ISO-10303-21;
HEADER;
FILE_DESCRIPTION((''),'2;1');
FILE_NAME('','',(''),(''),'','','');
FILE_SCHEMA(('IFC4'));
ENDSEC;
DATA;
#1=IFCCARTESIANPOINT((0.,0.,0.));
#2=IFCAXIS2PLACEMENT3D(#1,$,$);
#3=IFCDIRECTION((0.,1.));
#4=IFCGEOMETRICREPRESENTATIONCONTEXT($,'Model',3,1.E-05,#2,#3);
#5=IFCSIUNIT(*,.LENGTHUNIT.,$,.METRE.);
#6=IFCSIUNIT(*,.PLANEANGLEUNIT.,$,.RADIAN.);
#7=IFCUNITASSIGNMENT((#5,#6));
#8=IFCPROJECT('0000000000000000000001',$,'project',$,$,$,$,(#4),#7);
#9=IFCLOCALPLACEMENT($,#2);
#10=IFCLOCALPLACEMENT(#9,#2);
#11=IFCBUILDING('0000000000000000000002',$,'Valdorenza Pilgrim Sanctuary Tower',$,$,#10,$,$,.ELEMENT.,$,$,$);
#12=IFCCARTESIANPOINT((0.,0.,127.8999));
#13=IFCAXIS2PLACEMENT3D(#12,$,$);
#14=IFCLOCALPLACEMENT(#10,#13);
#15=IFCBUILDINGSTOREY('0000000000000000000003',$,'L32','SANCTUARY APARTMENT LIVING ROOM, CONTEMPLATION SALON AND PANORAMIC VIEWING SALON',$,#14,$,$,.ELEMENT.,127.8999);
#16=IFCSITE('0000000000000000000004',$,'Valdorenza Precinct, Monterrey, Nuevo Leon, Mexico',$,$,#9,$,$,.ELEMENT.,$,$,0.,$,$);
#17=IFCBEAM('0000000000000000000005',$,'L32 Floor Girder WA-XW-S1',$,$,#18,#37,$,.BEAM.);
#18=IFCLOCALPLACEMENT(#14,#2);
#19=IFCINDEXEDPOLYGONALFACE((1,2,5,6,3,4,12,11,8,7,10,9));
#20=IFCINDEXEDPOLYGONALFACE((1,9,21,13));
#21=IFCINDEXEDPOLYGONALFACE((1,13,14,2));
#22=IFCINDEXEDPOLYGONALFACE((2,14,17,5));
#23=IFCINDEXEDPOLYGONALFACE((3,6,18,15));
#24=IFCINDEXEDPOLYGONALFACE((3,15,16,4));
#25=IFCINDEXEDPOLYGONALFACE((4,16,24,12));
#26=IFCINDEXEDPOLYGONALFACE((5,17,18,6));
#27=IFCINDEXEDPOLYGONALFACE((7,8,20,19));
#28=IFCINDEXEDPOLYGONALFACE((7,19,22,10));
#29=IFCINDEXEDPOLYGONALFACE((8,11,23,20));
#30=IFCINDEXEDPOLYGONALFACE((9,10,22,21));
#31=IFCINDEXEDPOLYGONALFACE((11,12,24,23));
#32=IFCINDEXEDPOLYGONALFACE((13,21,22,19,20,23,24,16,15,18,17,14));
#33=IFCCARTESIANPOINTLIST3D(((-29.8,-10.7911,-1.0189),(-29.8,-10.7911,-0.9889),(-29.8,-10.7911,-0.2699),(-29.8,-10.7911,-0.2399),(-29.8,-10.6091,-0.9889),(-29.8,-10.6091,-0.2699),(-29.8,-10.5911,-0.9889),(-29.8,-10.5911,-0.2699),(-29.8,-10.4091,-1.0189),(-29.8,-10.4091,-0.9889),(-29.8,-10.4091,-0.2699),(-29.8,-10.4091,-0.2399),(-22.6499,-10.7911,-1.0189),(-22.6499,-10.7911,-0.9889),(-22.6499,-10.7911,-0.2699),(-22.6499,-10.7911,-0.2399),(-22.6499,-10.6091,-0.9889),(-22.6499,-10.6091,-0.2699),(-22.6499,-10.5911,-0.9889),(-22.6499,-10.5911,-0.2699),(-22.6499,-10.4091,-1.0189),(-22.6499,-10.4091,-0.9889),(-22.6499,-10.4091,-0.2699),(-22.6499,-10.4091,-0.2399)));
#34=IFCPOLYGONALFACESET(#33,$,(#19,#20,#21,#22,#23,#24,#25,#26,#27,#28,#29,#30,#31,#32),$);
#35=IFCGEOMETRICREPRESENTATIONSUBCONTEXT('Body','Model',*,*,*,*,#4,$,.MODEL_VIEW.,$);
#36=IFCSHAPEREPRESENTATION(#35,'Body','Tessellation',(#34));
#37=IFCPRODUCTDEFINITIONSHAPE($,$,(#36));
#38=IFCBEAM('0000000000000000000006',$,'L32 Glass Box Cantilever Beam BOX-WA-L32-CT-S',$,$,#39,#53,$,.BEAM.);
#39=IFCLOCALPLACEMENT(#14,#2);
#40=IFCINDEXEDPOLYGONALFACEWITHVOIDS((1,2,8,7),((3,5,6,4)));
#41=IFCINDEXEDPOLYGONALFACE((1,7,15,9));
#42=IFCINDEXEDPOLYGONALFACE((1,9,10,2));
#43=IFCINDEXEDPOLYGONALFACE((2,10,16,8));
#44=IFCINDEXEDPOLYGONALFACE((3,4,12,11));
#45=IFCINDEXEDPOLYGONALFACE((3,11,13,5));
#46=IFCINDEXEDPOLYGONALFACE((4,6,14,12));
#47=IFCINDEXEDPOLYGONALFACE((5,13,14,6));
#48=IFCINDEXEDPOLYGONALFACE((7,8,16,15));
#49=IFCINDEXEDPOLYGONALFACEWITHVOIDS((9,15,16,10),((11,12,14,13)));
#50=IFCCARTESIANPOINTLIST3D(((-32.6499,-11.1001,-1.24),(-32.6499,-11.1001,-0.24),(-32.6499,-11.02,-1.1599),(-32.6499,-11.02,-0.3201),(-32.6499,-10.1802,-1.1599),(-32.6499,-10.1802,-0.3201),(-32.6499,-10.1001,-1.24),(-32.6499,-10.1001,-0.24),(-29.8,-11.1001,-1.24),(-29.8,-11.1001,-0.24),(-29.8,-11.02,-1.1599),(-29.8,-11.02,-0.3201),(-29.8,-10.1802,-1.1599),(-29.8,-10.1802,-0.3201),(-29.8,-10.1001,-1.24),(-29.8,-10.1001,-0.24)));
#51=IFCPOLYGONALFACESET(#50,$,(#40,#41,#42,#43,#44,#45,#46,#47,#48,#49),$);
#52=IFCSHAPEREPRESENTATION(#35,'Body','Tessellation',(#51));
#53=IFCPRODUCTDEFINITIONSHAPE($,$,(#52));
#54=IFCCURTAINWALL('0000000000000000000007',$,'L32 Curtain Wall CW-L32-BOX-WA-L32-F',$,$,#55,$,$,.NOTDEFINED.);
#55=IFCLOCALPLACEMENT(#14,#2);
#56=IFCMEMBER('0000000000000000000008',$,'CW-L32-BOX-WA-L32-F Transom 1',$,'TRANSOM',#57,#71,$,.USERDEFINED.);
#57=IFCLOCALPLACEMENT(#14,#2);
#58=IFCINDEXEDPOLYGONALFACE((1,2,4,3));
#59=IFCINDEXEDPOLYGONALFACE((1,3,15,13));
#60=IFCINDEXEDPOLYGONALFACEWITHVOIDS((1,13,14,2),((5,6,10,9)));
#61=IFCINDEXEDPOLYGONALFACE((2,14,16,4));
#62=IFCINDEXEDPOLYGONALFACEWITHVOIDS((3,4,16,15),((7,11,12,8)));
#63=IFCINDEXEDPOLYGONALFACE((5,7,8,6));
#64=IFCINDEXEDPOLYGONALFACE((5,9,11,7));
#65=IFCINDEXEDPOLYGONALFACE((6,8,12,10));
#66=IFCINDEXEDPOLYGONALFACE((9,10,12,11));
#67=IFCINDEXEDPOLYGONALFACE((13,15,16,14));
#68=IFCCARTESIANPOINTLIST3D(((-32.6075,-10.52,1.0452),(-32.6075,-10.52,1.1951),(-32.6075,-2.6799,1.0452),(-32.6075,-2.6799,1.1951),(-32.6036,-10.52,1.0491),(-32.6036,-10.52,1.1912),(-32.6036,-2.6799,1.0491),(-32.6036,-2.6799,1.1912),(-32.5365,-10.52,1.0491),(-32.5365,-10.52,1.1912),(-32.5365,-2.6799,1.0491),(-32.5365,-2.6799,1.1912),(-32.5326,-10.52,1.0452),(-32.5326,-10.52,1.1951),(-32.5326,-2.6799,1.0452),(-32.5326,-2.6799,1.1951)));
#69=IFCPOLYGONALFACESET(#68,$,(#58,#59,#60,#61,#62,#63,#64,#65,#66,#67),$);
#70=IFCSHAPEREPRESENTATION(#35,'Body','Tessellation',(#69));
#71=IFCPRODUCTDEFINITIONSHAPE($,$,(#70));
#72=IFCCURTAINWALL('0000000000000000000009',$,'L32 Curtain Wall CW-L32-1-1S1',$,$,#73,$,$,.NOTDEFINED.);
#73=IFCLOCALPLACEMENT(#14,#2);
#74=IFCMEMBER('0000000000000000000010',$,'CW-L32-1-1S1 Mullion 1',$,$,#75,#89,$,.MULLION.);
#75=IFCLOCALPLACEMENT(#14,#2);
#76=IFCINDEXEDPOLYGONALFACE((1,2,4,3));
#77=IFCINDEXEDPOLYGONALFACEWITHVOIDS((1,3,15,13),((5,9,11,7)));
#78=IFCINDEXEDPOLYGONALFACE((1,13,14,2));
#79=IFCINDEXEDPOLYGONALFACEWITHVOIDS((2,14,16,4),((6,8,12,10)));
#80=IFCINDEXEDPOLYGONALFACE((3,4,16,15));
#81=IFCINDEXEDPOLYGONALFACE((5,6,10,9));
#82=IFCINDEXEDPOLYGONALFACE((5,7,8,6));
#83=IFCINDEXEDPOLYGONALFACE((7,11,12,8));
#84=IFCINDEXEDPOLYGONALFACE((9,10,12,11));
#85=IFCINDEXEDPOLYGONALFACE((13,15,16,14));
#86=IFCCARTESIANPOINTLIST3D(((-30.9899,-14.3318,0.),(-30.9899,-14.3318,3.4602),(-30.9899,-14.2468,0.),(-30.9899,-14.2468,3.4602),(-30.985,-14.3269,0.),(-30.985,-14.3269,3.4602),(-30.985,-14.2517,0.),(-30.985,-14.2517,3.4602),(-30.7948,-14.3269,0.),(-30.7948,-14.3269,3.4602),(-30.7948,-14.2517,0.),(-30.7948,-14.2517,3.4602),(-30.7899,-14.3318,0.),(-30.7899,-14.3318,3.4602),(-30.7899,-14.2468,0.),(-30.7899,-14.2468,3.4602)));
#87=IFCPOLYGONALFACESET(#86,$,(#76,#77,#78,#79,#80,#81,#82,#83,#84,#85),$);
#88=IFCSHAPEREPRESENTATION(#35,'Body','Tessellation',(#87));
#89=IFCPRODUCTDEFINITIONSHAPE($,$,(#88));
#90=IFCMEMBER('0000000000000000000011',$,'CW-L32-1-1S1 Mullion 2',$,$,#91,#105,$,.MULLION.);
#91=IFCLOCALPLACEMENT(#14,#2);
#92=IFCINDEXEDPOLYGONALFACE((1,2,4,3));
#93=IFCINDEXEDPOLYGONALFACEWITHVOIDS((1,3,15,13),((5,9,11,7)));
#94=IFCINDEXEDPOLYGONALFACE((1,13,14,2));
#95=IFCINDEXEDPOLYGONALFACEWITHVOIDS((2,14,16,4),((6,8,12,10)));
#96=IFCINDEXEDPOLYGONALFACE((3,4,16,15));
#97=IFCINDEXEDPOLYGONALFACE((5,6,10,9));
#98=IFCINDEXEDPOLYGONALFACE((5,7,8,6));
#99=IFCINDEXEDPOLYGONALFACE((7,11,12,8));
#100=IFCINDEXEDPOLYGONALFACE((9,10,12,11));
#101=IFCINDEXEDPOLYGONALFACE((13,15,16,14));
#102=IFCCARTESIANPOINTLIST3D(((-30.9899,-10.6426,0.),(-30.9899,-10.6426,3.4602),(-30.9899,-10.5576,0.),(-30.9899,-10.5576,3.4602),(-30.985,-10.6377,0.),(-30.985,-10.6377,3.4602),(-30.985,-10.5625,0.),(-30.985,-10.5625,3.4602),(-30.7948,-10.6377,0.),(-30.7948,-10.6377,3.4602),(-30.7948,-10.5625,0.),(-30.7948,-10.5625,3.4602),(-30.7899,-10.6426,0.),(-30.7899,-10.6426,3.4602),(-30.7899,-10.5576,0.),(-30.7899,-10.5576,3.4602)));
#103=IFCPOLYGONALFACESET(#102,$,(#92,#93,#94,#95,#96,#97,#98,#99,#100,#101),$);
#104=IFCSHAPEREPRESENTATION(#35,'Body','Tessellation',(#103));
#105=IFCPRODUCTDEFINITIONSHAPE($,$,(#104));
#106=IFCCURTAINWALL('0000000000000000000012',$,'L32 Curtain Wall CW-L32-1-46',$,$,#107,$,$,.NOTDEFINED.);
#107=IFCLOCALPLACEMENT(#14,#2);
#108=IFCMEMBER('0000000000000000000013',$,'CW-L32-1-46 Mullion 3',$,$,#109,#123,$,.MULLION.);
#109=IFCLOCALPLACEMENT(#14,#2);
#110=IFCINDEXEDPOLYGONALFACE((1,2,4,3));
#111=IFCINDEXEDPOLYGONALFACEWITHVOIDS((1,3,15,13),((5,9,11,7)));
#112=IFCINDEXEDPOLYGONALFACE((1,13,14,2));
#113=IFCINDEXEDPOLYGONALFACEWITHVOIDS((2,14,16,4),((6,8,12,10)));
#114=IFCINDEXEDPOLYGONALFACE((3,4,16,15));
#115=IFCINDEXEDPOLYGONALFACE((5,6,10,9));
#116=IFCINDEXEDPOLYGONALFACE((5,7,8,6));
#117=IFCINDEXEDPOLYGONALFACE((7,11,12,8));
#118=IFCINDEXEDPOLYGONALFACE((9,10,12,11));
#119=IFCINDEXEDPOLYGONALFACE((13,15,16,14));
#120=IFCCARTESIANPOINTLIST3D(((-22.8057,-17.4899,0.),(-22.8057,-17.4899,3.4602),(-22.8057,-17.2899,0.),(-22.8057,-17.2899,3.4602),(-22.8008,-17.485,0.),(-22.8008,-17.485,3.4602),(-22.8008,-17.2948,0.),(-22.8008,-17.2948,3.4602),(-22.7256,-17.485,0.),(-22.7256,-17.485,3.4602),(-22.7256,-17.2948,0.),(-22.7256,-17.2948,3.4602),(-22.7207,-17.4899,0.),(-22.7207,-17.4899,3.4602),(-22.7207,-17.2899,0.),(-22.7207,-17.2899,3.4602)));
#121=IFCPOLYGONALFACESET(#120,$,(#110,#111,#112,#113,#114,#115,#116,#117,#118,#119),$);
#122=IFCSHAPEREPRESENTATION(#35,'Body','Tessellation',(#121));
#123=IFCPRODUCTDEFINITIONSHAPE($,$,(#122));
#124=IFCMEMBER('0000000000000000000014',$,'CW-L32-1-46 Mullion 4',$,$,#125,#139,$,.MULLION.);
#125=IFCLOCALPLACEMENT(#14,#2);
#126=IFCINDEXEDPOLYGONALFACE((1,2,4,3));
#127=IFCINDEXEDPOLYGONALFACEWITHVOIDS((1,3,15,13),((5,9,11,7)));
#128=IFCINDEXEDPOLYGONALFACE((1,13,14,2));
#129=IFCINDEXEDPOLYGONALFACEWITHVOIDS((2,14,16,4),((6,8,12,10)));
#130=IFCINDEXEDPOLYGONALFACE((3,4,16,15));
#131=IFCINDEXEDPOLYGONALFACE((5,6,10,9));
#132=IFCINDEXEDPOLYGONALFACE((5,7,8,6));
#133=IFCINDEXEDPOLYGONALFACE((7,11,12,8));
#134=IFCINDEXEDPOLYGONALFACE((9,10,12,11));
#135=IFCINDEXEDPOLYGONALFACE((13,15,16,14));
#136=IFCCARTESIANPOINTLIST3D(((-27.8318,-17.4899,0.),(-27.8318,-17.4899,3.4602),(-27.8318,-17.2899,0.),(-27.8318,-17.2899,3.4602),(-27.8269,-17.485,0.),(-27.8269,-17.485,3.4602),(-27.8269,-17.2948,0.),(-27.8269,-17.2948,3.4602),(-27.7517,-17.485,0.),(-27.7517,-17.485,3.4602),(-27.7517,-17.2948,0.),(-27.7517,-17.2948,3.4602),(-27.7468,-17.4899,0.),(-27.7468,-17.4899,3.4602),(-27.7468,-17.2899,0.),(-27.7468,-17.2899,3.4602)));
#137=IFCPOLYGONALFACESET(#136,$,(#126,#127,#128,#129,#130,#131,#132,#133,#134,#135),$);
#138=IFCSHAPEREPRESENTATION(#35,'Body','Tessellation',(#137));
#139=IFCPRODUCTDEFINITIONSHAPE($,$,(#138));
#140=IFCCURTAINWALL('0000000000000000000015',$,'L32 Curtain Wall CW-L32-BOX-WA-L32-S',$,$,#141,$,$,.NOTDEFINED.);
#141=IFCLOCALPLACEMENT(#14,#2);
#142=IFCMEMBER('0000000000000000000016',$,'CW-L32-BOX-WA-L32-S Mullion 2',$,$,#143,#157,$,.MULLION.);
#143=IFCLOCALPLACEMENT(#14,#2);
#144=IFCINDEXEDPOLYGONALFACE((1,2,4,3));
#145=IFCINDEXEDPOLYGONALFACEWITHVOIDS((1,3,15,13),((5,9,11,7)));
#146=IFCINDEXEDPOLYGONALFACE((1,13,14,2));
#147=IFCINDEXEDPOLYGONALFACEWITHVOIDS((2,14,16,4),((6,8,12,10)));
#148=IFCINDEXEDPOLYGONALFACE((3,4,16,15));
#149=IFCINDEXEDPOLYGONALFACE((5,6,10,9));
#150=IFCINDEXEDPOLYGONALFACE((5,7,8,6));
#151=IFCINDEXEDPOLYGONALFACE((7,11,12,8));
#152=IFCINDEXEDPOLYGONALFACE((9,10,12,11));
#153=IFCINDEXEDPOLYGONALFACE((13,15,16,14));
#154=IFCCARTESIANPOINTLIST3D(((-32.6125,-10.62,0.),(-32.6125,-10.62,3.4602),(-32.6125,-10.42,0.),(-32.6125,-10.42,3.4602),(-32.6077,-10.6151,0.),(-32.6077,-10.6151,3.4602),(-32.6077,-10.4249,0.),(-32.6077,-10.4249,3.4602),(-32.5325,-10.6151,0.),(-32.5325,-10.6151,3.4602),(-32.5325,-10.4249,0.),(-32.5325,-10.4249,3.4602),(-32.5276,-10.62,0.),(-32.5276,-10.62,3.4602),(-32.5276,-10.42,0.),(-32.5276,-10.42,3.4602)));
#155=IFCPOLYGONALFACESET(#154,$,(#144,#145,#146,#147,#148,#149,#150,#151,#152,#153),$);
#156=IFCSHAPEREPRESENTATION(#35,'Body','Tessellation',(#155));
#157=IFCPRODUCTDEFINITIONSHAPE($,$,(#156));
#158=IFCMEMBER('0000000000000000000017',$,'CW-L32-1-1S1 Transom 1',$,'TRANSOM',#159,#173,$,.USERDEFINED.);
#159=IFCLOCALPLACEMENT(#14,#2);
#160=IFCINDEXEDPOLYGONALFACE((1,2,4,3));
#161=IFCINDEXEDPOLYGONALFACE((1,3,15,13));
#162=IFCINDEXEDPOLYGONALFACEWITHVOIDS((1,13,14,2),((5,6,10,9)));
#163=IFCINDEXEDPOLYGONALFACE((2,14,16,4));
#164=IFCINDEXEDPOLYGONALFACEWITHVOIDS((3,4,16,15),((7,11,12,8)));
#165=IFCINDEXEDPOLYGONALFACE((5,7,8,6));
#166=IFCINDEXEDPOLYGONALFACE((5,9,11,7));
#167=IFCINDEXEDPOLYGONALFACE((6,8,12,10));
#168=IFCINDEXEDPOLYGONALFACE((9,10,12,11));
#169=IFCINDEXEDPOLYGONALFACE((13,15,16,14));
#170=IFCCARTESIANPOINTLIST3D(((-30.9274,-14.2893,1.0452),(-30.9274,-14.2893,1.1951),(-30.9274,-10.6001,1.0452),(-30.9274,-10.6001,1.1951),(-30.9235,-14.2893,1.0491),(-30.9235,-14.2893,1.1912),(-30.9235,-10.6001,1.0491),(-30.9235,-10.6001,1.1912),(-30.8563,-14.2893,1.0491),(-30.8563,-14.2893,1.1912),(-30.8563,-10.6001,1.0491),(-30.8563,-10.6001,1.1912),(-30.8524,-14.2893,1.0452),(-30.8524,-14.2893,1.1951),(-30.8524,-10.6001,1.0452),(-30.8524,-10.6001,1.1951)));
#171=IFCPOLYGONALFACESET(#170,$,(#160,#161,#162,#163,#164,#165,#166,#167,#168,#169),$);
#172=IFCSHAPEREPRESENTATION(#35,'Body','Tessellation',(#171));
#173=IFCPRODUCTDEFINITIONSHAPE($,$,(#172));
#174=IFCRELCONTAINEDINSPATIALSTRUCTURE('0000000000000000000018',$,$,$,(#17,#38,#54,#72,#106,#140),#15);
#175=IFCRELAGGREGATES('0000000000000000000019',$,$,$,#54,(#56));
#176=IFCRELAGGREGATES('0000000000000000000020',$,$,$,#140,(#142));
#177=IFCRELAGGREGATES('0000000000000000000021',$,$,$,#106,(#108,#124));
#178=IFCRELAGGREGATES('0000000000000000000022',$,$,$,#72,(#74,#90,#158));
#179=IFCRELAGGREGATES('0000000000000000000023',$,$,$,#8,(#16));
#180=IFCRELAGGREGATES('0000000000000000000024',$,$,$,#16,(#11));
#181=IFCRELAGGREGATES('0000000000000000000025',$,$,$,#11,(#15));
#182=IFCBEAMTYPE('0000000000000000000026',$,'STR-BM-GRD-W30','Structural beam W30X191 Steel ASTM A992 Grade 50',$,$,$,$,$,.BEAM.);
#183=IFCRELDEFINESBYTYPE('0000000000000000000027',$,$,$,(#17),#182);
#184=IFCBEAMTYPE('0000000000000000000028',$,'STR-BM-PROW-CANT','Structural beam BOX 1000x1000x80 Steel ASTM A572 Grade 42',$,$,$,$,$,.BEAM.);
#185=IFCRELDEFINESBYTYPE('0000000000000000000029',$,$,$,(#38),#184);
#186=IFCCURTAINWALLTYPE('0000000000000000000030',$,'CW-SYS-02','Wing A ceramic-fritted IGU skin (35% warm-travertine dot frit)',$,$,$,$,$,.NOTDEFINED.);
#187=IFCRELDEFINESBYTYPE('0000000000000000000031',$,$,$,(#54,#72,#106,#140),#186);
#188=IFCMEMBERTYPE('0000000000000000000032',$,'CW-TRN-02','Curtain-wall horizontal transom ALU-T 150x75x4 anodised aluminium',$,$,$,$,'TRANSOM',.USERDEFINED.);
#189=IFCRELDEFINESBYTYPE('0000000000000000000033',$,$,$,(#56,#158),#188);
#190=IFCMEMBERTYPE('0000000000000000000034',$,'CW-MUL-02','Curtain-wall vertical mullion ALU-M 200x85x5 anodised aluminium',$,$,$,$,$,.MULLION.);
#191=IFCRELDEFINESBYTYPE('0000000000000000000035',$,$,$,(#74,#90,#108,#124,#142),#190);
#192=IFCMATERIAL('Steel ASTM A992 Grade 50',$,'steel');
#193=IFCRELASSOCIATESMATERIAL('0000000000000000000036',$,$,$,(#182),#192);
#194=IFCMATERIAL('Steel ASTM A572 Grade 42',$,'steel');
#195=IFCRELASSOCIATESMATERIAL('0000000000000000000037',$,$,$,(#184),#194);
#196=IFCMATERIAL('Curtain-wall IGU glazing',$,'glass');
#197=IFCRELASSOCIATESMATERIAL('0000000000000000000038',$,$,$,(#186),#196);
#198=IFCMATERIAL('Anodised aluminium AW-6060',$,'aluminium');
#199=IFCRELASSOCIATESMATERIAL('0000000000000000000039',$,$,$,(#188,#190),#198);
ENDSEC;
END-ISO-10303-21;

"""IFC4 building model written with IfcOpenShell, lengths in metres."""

from ifc_helpers import new_model, si_unit, direction, frame, origin, origin_2d, place, context, subcontext, project, spatial, hollow_rectangle, i_section, extrude, source, transform, mapped, material, material_profile, profile_set, type_object, element, aggregate, save


model = new_model("IFC4")

# Units and contexts
model_context = context("Model", 3, precision=1e-05, world=origin(), true_north=direction((0.0, 1.0)))
body_context = subcontext(model_context, "Body", "Model", "MODEL_VIEW")
ifc_project = project(units=[si_unit("LENGTHUNIT", "METRE"), si_unit("PLANEANGLEUNIT", "RADIAN")], contexts=[model_context])

# Site, building, storey
site_placement = place(None, origin())
site = spatial("IfcSite", under=ifc_project, at=site_placement, Name="Valdorenza Precinct, Monterrey, Nuevo Leon, Mexico", CompositionType="ELEMENT", RefElevation=0.0)
building_placement = place(site_placement, origin())
building = spatial("IfcBuilding", under=site, at=building_placement, Name="Valdorenza Pilgrim Sanctuary Tower", CompositionType="ELEMENT")
storey_placement = place(building_placement, frame((0.0, 0.0, 127.8999)))
storey = spatial("IfcBuildingStorey", under=building, at=storey_placement, Name="L32", Description="SANCTUARY APARTMENT LIVING ROOM, CONTEMPLATION SALON AND PANORAMIC VIEWING SALON", CompositionType="ELEMENT", Elevation=127.8999)

# Shared definitions
ifc_material_1 = material(Name="Steel ASTM A992 Grade 50", Category="steel")

# Beams
ifc_material_profile_1 = material_profile(ifc_material_1, i_section(OverallWidth=0.3821, OverallDepth=0.7791, WebThickness=0.0181, FlangeThickness=0.03, at=origin_2d()), Name="W30X191")
ifc_profile_set_1 = profile_set([ifc_material_profile_1], Name="Steel ASTM A992 Grade 50")
beam_type_1 = type_object("IfcBeamType", Name="STR-BM-GRD-W30", Description="Structural beam W30X191 Steel ASTM A992 Grade 50", PredefinedType="BEAM", material=ifc_profile_set_1)
shared_shape_1 = source(origin(), body_context, "Body", "SweptSolid", [
    extrude(i_section(OverallWidth=0.3821, OverallDepth=0.7791, WebThickness=0.0181, FlangeThickness=0.03, at=origin_2d()), origin(), (0.0, 0.0, 1.0), 7.1501),
])
beam_1_placement = place(storey_placement, frame((-29.8, -10.6001, -0.6294), z_axis=(1.0, 0.0, 0.0), x_axis=(0.0, 1.0, 0.0)))
element("IfcBeam", 1, at=beam_1_placement, inside=storey, type_object=beam_type_1, Name="L32 Floor Girder WA-XW-S1", PredefinedType="BEAM", context=body_context, shape_type="MappedRepresentation", body=[
    mapped(shared_shape_1, transform((0.0, 0.0, 0.0), x_axis=(1.0, 0.0, 0.0), y_axis=(0.0, 1.0, 0.0), z_axis=(0.0, 0.0, 1.0), scale=1.0)),
])
ifc_material_2 = material(Name="Steel ASTM A572 Grade 42", Category="steel")
ifc_material_profile_2 = material_profile(ifc_material_2, hollow_rectangle(XDim=1.0, YDim=1.0, WallThickness=0.0801, at=origin_2d()), Name="BOX 1000x1000x80")
ifc_profile_set_2 = profile_set([ifc_material_profile_2], Name="Steel ASTM A572 Grade 42")
beam_type_2 = type_object("IfcBeamType", Name="STR-BM-PROW-CANT", Description="Structural beam BOX 1000x1000x80 Steel ASTM A572 Grade 42", PredefinedType="BEAM", material=ifc_profile_set_2)
shared_shape_2 = source(origin(), body_context, "Body", "SweptSolid", [
    extrude(hollow_rectangle(XDim=1.0, YDim=1.0, WallThickness=0.0801, at=origin_2d()), origin(), (0.0, 0.0, 1.0), 2.8499),
])
beam_2_placement = place(storey_placement, frame((-29.8, -10.6001, -0.74), z_axis=(-1.0, 0.0, 0.0), x_axis=(0.0, -1.0, 0.0)))
element("IfcBeam", 2, at=beam_2_placement, inside=storey, type_object=beam_type_2, Name="L32 Glass Box Cantilever Beam BOX-WA-L32-CT-S", PredefinedType="BEAM", context=body_context, shape_type="MappedRepresentation", body=[
    mapped(shared_shape_2, transform((0.0, 0.0, 0.0), x_axis=(1.0, 0.0, 0.0), y_axis=(0.0, 1.0, 0.0), z_axis=(0.0, 0.0, 1.0), scale=1.0)),
])

# Curtain wall, member
ifc_material_3 = material(Name="Curtain-wall IGU glazing", Category="glass")
curtain_wall_type = type_object("IfcCurtainWallType", Name="CW-SYS-02", Description="Wing A ceramic-fritted IGU skin (35% warm-travertine dot frit)", PredefinedType="NOTDEFINED", material=ifc_material_3)
curtain_wall_1_placement = place(storey_placement, origin())
curtain_wall_1 = element("IfcCurtainWall", 3, at=curtain_wall_1_placement, inside=storey, type_object=curtain_wall_type, Name="L32 Curtain Wall CW-L32-BOX-WA-L32-F", PredefinedType="NOTDEFINED")
ifc_material_4 = material(Name="Anodised aluminium AW-6060", Category="aluminium")
ifc_material_profile_3 = material_profile(ifc_material_4, hollow_rectangle(XDim=0.075, YDim=0.1499, WallThickness=0.0039, at=origin_2d()), Name="ALU-T 150x75x4")
ifc_profile_set_3 = profile_set([ifc_material_profile_3], Name="Anodised aluminium AW-6060")
member_type_1 = type_object("IfcMemberType", Name="CW-TRN-02", Description="Curtain-wall horizontal transom ALU-T 150x75x4 anodised aluminium", ElementType="TRANSOM", PredefinedType="USERDEFINED", material=ifc_profile_set_3)
shared_shape_3 = source(origin(), body_context, "Body", "SweptSolid", [
    extrude(hollow_rectangle(XDim=0.075, YDim=0.1499, WallThickness=0.0039, at=origin_2d()), origin(), (0.0, 0.0, 1.0), 7.8401),
])
member_1_placement = place(storey_placement, frame((-32.5701, -10.52, 1.1201), z_axis=(0.0, 1.0, 0.0), x_axis=(-1.0, 0.0, 0.0)))
member_1 = element("IfcMember", 4, at=member_1_placement, type_object=member_type_1, Name="CW-L32-BOX-WA-L32-F Transom 1", ObjectType="TRANSOM", PredefinedType="USERDEFINED", context=body_context, shape_type="MappedRepresentation", body=[
    mapped(shared_shape_3, transform((0.0, 0.0, 0.0), x_axis=(1.0, 0.0, 0.0), y_axis=(0.0, 1.0, 0.0), z_axis=(0.0, 0.0, 1.0), scale=1.0)),
])
aggregate(curtain_wall_1, [member_1])

# Curtain walls, members
curtain_wall_2_placement = place(storey_placement, origin())
curtain_wall_2 = element("IfcCurtainWall", 5, at=curtain_wall_2_placement, inside=storey, type_object=curtain_wall_type, Name="L32 Curtain Wall CW-L32-1-1S1", PredefinedType="NOTDEFINED")
ifc_material_profile_4 = material_profile(ifc_material_4, hollow_rectangle(XDim=0.085, YDim=0.2, WallThickness=0.0049, at=origin_2d()), Name="ALU-M 200x85x5")
ifc_profile_set_4 = profile_set([ifc_material_profile_4], Name="Anodised aluminium AW-6060")
member_type_2 = type_object("IfcMemberType", Name="CW-MUL-02", Description="Curtain-wall vertical mullion ALU-M 200x85x5 anodised aluminium", PredefinedType="MULLION", material=ifc_profile_set_4)
shared_shape_4 = source(origin(), body_context, "Body", "SweptSolid", [
    extrude(hollow_rectangle(XDim=0.085, YDim=0.2, WallThickness=0.0049, at=origin_2d()), origin(), (0.0, 0.0, 1.0), 3.4602),
])
member_2_placement = place(storey_placement, frame((-30.8899, -14.2893, 0.0), z_axis=(0.0, 0.0, 1.0), x_axis=(0.0, 1.0, 0.0)))
member_2 = element("IfcMember", 6, at=member_2_placement, type_object=member_type_2, Name="CW-L32-1-1S1 Mullion 1", PredefinedType="MULLION", context=body_context, shape_type="MappedRepresentation", body=[
    mapped(shared_shape_4, transform((0.0, 0.0, 0.0), x_axis=(1.0, 0.0, 0.0), y_axis=(0.0, 1.0, 0.0), z_axis=(0.0, 0.0, 1.0), scale=1.0)),
])
member_3_placement = place(storey_placement, frame((-30.8899, -10.6001, 0.0), z_axis=(0.0, 0.0, 1.0), x_axis=(0.0, 1.0, 0.0)))
member_3 = element("IfcMember", 7, at=member_3_placement, type_object=member_type_2, Name="CW-L32-1-1S1 Mullion 2", PredefinedType="MULLION", context=body_context, shape_type="MappedRepresentation", body=[
    mapped(shared_shape_4, transform((0.0, 0.0, 0.0), x_axis=(1.0, 0.0, 0.0), y_axis=(0.0, 1.0, 0.0), z_axis=(0.0, 0.0, 1.0), scale=1.0)),
])
curtain_wall_3_placement = place(storey_placement, origin())
curtain_wall_3 = element("IfcCurtainWall", 8, at=curtain_wall_3_placement, inside=storey, type_object=curtain_wall_type, Name="L32 Curtain Wall CW-L32-1-46", PredefinedType="NOTDEFINED")
member_4_placement = place(storey_placement, frame((-22.7632, -17.3899, 0.0), z_axis=(0.0, 0.0, 1.0), x_axis=(-1.0, 0.0, 0.0)))
member_4 = element("IfcMember", 9, at=member_4_placement, type_object=member_type_2, Name="CW-L32-1-46 Mullion 3", PredefinedType="MULLION", context=body_context, shape_type="MappedRepresentation", body=[
    mapped(shared_shape_4, transform((0.0, 0.0, 0.0), x_axis=(1.0, 0.0, 0.0), y_axis=(0.0, 1.0, 0.0), z_axis=(0.0, 0.0, 1.0), scale=1.0)),
])
member_5_placement = place(storey_placement, frame((-27.7893, -17.3899, 0.0), z_axis=(0.0, 0.0, 1.0), x_axis=(-1.0, 0.0, 0.0)))
member_5 = element("IfcMember", 10, at=member_5_placement, type_object=member_type_2, Name="CW-L32-1-46 Mullion 4", PredefinedType="MULLION", context=body_context, shape_type="MappedRepresentation", body=[
    mapped(shared_shape_4, transform((0.0, 0.0, 0.0), x_axis=(1.0, 0.0, 0.0), y_axis=(0.0, 1.0, 0.0), z_axis=(0.0, 0.0, 1.0), scale=1.0)),
])

# Curtain wall, member
curtain_wall_4_placement = place(storey_placement, origin())
curtain_wall_4 = element("IfcCurtainWall", 11, at=curtain_wall_4_placement, inside=storey, type_object=curtain_wall_type, Name="L32 Curtain Wall CW-L32-BOX-WA-L32-S", PredefinedType="NOTDEFINED")
member_6_placement = place(storey_placement, frame((-32.5701, -10.52, 0.0), z_axis=(0.0, 0.0, 1.0), x_axis=(-1.0, 0.0, 0.0)))
member_6 = element("IfcMember", 12, at=member_6_placement, type_object=member_type_2, Name="CW-L32-BOX-WA-L32-S Mullion 2", PredefinedType="MULLION", context=body_context, shape_type="MappedRepresentation", body=[
    mapped(shared_shape_4, transform((0.0, 0.0, 0.0), x_axis=(1.0, 0.0, 0.0), y_axis=(0.0, 1.0, 0.0), z_axis=(0.0, 0.0, 1.0), scale=1.0)),
])

# Member
shared_shape_5 = source(origin(), body_context, "Body", "SweptSolid", [
    extrude(hollow_rectangle(XDim=0.075, YDim=0.1499, WallThickness=0.0039, at=origin_2d()), origin(), (0.0, 0.0, 1.0), 3.6892),
])
member_7_placement = place(storey_placement, frame((-30.8899, -14.2893, 1.1201), z_axis=(0.0, 1.0, 0.0), x_axis=(-1.0, 0.0, 0.0)))
member_7 = element("IfcMember", 13, at=member_7_placement, type_object=member_type_1, Name="CW-L32-1-1S1 Transom 1", ObjectType="TRANSOM", PredefinedType="USERDEFINED", context=body_context, shape_type="MappedRepresentation", body=[
    mapped(shared_shape_5, transform((0.0, 0.0, 0.0), x_axis=(1.0, 0.0, 0.0), y_axis=(0.0, 1.0, 0.0), z_axis=(0.0, 0.0, 1.0), scale=1.0)),
])

aggregate(curtain_wall_4, [member_6])
aggregate(curtain_wall_3, [member_4, member_5])
aggregate(curtain_wall_2, [member_2, member_3, member_7])

save(model, "model.ifc")
